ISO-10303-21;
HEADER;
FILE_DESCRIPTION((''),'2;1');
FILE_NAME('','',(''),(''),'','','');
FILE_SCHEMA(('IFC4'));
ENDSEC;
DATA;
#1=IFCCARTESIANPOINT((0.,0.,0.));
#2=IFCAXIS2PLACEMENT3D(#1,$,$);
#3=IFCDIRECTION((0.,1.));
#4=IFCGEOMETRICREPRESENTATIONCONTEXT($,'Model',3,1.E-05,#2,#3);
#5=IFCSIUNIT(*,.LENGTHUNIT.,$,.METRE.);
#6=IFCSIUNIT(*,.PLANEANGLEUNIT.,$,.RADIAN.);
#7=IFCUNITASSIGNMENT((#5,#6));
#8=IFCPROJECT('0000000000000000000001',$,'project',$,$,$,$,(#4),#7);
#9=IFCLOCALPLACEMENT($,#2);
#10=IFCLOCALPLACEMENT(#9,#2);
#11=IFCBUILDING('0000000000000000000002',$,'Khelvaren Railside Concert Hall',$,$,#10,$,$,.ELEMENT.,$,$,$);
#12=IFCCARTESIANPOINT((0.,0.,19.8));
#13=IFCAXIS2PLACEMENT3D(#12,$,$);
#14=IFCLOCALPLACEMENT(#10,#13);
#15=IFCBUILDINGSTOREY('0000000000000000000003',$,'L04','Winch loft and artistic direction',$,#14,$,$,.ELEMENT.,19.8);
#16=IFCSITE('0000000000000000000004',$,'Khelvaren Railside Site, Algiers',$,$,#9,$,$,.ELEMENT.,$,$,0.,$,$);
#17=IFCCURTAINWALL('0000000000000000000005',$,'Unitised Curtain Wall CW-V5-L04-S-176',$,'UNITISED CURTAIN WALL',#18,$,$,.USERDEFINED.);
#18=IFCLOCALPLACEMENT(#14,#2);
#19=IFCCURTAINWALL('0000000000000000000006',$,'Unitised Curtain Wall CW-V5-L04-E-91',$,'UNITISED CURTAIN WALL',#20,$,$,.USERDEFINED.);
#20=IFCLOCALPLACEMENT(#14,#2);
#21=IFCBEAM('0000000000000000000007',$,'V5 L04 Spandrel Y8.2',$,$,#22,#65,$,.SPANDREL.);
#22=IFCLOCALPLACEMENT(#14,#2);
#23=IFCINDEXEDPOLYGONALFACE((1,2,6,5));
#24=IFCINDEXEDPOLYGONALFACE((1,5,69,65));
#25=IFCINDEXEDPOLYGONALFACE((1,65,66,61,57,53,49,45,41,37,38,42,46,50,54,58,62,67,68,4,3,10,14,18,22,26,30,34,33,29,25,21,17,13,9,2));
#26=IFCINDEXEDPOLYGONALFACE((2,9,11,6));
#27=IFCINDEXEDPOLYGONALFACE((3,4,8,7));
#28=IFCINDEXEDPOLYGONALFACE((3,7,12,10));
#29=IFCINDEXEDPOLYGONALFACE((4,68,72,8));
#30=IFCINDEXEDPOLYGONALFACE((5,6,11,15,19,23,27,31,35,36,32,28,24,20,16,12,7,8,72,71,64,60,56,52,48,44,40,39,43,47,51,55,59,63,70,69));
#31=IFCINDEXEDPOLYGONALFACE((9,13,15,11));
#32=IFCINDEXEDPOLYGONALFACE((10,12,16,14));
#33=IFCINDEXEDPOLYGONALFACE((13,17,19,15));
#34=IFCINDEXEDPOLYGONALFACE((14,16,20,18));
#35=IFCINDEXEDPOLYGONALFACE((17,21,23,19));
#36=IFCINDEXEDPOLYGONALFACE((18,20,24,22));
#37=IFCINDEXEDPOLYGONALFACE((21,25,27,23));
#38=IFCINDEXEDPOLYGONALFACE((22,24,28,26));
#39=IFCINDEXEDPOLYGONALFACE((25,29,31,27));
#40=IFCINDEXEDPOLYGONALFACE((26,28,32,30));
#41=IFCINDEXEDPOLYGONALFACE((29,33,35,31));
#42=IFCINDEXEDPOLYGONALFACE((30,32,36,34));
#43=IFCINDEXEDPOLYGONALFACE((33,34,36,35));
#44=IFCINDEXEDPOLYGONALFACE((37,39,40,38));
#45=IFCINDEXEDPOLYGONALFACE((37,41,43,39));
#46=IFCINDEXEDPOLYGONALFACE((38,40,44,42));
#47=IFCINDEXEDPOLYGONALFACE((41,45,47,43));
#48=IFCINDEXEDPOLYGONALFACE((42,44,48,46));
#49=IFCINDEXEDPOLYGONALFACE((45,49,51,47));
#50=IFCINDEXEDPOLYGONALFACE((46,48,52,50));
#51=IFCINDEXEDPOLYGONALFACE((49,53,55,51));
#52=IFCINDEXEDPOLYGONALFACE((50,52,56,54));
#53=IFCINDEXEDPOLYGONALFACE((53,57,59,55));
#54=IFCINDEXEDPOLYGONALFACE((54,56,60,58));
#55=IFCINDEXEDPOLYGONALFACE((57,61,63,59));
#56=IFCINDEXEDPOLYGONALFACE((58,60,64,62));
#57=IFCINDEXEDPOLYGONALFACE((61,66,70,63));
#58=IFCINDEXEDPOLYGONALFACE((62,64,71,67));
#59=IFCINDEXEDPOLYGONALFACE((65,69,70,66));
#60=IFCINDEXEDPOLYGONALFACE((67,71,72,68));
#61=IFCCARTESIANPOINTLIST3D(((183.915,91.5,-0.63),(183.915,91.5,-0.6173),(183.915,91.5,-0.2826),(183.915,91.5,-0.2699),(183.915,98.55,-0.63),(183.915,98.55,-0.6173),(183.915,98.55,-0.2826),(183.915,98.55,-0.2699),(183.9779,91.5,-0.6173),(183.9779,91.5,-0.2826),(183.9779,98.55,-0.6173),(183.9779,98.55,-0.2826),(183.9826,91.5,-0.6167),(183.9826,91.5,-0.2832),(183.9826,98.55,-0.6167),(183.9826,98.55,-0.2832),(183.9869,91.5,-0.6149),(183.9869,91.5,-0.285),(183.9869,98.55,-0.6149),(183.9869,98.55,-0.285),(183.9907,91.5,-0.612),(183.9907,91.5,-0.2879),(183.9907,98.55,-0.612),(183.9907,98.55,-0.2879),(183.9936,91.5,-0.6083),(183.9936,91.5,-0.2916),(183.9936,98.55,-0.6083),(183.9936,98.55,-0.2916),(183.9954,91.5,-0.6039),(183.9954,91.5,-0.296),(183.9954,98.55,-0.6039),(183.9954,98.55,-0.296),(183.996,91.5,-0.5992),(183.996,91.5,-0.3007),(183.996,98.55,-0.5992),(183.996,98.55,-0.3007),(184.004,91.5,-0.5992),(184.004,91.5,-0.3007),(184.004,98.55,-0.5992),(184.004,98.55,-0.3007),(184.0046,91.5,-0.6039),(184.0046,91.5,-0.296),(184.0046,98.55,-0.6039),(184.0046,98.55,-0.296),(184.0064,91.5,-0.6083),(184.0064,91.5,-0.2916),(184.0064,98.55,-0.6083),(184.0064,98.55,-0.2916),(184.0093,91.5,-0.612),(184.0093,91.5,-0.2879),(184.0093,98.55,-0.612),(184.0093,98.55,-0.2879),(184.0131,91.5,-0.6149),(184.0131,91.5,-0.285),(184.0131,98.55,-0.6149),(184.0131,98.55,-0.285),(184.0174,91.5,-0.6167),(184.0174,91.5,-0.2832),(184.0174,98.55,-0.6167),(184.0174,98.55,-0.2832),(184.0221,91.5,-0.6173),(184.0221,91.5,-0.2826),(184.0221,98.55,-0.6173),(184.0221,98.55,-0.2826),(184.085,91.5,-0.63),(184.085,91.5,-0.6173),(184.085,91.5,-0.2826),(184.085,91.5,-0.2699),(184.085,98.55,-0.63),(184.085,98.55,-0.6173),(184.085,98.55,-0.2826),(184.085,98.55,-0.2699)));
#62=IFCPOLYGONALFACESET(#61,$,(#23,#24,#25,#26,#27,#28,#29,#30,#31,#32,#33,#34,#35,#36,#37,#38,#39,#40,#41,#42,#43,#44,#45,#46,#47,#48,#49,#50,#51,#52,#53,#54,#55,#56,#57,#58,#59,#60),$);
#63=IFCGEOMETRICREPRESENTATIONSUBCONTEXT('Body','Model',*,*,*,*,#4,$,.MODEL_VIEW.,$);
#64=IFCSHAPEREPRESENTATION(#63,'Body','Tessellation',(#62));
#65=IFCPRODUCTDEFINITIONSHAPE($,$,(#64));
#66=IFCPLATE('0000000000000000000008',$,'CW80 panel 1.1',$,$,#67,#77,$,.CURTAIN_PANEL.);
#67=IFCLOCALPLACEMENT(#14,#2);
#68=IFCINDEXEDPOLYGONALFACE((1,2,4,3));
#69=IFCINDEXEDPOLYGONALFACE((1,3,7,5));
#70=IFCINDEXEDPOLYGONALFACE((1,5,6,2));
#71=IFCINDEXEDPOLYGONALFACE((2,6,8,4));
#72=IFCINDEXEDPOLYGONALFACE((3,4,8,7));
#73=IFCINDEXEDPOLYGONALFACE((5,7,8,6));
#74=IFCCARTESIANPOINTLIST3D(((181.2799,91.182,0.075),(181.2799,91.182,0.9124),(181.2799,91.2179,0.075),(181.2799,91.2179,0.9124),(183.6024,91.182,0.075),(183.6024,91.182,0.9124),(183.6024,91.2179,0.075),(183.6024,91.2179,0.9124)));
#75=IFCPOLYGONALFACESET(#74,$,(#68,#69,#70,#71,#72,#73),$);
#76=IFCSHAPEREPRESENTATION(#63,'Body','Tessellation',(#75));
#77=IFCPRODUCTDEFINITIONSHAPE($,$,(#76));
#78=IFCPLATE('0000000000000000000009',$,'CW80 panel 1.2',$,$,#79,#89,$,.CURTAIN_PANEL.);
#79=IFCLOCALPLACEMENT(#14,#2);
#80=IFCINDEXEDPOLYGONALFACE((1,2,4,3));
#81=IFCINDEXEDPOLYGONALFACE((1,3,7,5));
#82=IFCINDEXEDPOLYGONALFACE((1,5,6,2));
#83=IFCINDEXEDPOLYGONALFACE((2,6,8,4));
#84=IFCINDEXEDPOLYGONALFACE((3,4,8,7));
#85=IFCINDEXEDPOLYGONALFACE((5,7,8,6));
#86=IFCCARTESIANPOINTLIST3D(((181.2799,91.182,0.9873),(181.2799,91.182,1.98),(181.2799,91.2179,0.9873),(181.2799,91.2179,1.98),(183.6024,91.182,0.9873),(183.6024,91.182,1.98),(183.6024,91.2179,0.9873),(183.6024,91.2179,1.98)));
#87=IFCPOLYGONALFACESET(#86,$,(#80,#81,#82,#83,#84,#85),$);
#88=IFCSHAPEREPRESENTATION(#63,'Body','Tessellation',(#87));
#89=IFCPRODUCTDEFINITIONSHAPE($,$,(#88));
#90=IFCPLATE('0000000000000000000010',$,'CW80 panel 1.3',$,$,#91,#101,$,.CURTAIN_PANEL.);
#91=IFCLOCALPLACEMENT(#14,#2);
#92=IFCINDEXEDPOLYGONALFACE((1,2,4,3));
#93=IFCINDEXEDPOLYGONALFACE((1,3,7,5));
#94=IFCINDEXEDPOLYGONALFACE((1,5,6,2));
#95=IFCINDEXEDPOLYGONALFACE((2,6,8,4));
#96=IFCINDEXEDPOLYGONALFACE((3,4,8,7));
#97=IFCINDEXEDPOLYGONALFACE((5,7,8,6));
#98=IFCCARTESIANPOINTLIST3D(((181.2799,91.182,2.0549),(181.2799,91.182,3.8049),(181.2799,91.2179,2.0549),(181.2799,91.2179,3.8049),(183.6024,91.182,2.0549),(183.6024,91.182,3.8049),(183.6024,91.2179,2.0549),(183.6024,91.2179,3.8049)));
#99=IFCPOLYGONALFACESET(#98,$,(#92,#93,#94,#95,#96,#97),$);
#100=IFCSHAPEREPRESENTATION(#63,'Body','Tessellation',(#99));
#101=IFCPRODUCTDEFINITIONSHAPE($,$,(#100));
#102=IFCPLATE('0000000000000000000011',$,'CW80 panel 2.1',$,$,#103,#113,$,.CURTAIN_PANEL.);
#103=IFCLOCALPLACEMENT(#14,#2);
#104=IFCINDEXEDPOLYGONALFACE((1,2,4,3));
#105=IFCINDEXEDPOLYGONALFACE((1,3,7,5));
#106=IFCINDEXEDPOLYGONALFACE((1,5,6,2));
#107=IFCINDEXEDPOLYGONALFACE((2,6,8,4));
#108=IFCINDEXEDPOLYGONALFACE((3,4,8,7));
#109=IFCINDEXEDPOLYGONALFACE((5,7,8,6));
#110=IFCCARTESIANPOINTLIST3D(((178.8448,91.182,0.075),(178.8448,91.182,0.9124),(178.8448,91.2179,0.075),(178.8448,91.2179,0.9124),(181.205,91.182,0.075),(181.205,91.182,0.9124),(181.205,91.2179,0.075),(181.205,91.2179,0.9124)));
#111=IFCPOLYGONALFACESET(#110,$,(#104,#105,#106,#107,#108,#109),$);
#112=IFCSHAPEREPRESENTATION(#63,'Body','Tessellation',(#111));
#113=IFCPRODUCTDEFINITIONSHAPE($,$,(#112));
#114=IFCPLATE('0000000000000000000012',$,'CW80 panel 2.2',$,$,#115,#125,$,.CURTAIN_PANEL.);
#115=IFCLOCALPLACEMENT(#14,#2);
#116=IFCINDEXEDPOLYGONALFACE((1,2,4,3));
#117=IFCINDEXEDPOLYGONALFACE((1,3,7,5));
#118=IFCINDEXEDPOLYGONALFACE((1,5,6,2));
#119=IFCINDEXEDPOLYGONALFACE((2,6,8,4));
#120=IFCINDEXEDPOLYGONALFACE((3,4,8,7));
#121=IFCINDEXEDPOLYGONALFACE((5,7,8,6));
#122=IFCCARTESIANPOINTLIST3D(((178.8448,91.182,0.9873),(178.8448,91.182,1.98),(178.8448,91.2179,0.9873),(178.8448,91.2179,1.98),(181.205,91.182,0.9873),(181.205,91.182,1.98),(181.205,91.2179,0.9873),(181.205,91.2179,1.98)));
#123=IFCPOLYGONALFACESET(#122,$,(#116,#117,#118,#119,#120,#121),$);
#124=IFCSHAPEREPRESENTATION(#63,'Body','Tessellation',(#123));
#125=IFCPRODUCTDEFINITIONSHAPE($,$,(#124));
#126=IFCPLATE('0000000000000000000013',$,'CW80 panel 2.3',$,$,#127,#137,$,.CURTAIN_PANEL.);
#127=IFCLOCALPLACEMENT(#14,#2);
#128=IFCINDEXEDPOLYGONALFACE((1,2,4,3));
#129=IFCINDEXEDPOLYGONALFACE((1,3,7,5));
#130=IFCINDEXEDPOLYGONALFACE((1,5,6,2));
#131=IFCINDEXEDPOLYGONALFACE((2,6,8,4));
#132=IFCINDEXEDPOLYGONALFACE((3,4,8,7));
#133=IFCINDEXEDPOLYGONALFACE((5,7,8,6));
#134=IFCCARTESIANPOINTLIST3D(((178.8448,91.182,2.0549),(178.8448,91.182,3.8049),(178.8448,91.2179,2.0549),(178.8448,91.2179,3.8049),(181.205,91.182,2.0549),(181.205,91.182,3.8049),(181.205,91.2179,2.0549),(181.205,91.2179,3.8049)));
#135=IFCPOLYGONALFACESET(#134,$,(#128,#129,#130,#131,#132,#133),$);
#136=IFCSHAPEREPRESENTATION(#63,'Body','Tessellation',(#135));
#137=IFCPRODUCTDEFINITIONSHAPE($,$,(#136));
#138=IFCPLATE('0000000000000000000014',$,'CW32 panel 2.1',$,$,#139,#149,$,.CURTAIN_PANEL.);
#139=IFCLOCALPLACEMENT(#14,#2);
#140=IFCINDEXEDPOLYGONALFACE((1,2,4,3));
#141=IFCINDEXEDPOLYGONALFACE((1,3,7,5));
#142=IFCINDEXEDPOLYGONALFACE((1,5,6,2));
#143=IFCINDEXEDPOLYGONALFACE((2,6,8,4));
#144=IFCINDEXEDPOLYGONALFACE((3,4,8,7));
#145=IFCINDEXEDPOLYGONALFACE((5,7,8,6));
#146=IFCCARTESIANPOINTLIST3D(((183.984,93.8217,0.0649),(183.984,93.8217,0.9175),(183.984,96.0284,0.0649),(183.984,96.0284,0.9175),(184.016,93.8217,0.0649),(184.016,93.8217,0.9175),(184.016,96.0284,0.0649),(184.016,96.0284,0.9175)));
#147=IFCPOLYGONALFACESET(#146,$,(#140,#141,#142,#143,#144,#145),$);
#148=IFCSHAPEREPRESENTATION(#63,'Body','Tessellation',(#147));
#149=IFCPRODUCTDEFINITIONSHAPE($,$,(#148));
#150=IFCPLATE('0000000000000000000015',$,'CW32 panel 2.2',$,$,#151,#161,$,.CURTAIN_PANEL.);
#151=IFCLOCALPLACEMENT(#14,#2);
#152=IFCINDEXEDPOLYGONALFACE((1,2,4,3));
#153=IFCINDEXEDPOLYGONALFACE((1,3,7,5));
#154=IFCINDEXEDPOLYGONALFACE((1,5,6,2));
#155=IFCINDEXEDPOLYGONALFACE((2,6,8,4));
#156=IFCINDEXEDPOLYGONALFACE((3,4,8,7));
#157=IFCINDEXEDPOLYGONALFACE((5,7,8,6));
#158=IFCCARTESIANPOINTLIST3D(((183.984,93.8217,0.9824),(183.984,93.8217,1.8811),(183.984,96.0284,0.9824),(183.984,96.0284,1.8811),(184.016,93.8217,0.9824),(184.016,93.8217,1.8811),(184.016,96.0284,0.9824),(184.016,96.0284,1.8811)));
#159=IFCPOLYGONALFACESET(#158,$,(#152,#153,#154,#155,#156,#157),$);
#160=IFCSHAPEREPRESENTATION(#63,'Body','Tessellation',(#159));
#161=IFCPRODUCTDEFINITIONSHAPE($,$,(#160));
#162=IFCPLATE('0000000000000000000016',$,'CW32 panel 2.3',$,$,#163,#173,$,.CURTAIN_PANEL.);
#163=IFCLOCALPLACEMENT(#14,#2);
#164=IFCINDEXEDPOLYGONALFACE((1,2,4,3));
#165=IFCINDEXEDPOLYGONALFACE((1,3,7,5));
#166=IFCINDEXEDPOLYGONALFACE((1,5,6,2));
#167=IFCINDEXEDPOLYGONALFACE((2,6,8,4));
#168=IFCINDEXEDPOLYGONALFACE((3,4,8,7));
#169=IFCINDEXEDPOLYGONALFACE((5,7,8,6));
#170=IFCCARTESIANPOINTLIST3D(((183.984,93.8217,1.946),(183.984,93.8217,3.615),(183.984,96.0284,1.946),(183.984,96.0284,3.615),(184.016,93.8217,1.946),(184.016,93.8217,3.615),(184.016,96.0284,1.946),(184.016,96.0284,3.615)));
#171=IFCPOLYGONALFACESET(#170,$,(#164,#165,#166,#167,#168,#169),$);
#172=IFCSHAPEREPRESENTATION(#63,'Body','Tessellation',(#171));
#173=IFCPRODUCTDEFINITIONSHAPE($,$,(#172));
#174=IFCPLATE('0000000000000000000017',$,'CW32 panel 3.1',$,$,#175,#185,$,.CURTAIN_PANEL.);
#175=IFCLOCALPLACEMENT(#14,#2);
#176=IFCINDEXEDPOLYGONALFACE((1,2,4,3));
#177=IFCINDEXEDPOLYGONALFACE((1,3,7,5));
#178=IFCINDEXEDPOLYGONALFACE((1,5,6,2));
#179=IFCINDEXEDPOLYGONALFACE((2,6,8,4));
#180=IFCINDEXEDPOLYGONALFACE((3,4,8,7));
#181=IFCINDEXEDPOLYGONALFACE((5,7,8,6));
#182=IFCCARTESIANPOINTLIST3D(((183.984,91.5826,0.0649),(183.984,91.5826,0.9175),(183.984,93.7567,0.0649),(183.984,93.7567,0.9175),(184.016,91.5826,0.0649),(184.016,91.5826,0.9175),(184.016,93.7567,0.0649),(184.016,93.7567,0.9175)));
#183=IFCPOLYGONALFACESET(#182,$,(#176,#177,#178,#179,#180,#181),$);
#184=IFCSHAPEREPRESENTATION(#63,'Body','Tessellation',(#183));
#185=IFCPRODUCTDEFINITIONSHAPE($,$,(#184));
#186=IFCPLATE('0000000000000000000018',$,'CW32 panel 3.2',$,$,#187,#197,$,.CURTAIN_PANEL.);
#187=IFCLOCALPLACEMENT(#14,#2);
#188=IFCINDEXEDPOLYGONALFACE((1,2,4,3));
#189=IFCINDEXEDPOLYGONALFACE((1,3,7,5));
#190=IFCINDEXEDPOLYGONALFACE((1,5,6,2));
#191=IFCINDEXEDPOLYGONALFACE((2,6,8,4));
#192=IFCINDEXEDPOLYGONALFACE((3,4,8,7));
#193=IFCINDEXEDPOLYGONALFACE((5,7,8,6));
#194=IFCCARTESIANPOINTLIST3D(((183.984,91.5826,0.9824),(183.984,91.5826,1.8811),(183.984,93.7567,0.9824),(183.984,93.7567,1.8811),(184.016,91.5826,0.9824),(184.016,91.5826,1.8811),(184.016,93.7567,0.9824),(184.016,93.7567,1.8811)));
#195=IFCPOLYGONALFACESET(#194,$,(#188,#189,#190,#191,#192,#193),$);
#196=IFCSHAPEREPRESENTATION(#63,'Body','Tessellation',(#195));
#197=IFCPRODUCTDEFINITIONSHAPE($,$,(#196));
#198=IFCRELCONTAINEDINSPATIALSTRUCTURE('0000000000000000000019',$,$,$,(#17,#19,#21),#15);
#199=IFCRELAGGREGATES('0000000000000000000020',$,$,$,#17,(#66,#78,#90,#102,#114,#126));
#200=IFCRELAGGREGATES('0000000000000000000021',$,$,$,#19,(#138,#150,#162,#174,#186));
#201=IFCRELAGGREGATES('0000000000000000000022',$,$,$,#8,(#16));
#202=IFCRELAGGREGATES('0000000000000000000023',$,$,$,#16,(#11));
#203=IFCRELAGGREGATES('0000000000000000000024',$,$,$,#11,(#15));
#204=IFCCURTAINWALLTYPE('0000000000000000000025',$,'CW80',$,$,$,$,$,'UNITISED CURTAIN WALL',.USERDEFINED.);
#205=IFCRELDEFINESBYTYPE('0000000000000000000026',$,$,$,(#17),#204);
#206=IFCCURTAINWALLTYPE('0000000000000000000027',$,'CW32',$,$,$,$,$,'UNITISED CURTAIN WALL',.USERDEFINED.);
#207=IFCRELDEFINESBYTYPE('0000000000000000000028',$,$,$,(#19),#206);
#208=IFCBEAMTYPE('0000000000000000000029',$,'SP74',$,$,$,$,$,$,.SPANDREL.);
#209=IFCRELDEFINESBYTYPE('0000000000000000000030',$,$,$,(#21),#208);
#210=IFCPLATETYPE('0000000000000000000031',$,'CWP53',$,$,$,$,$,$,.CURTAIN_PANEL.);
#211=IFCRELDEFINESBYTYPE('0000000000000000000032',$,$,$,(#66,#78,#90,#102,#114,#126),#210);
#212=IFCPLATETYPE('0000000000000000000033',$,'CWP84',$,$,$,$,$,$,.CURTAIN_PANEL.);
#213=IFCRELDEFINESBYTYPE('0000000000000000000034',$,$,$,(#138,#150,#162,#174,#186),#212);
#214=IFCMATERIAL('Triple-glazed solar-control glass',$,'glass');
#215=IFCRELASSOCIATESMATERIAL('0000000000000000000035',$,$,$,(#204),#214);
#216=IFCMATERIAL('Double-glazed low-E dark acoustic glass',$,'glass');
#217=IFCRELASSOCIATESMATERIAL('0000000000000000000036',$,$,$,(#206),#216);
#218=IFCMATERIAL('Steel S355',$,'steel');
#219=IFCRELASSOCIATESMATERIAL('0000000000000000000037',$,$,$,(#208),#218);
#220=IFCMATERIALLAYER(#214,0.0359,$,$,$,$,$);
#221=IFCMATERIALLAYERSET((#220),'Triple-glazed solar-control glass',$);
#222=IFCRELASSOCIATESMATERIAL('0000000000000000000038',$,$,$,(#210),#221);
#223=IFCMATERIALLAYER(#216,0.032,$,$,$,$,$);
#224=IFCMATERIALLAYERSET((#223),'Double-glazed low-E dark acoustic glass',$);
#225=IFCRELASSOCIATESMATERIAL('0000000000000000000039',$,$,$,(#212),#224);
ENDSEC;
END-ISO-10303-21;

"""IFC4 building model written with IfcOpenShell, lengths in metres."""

from ifc_helpers import new_model, si_unit, direction, frame, origin, origin_2d, place, context, subcontext, project, spatial, rectangle, i_section, extrude, material, layer, layer_set, material_profile, profile_set, type_object, element, aggregate, save


model = new_model("IFC4")

# Units and contexts
model_context = context("Model", 3, precision=1e-05, world=origin(), true_north=direction((0.0, 1.0)))
body_context = subcontext(model_context, "Body", "Model", "MODEL_VIEW")
ifc_project = project(units=[si_unit("LENGTHUNIT", "METRE"), si_unit("PLANEANGLEUNIT", "RADIAN")], contexts=[model_context])

# Site, building, storey
site_placement = place(None, origin())
site = spatial("IfcSite", under=ifc_project, at=site_placement, Name="Khelvaren Railside Site, Algiers", CompositionType="ELEMENT", RefElevation=0.0)
building_placement = place(site_placement, origin())
building = spatial("IfcBuilding", under=site, at=building_placement, Name="Khelvaren Railside Concert Hall", CompositionType="ELEMENT")
storey_placement = place(building_placement, frame((0.0, 0.0, 19.8)))
storey = spatial("IfcBuildingStorey", under=building, at=storey_placement, Name="L04", Description="Winch loft and artistic direction", CompositionType="ELEMENT", Elevation=19.8)

# Curtain walls
ifc_material_1 = material(Name="Triple-glazed solar-control glass", Category="glass")
curtain_wall_type_1 = type_object("IfcCurtainWallType", Name="CW80", ElementType="UNITISED CURTAIN WALL", PredefinedType="USERDEFINED", material=ifc_material_1)
curtain_wall_1_placement = place(storey_placement, origin())
curtain_wall_1 = element("IfcCurtainWall", 1, at=curtain_wall_1_placement, inside=storey, type_object=curtain_wall_type_1, Name="Unitised Curtain Wall CW-V5-L04-S-176", ObjectType="UNITISED CURTAIN WALL", PredefinedType="USERDEFINED")
ifc_material_2 = material(Name="Double-glazed low-E dark acoustic glass", Category="glass")
curtain_wall_type_2 = type_object("IfcCurtainWallType", Name="CW32", ElementType="UNITISED CURTAIN WALL", PredefinedType="USERDEFINED", material=ifc_material_2)
curtain_wall_2_placement = place(storey_placement, origin())
curtain_wall_2 = element("IfcCurtainWall", 2, at=curtain_wall_2_placement, inside=storey, type_object=curtain_wall_type_2, Name="Unitised Curtain Wall CW-V5-L04-E-91", ObjectType="UNITISED CURTAIN WALL", PredefinedType="USERDEFINED")

# Beam
ifc_material_3 = material(Name="Steel S355", Category="steel")
ifc_material_profile_1 = material_profile(ifc_material_3, i_section(OverallWidth=0.1699, OverallDepth=0.3601, WebThickness=0.0081, FlangeThickness=0.0127, FilletRadius=0.0181, at=origin_2d()), Name="IPE 360")
ifc_profile_set_1 = profile_set([ifc_material_profile_1], Name="Steel S355")
beam_type_1 = type_object("IfcBeamType", Name="SP74", PredefinedType="SPANDREL", material=ifc_profile_set_1)
beam_1_placement = place(storey_placement, frame((184.0, 91.5, -0.45), z_axis=(0.0, 1.0, 0.0), x_axis=(-1.0, 0.0, 0.0)))
element("IfcBeam", 3, at=beam_1_placement, inside=storey, type_object=beam_type_1, Name="V5 L04 Spandrel Y8.2", PredefinedType="SPANDREL", context=body_context, shape_type="SweptSolid", body=[
    extrude(i_section(OverallWidth=0.1699, OverallDepth=0.3601, WebThickness=0.0081, FlangeThickness=0.0127, FilletRadius=0.0181, at=origin_2d()), origin(), (0.0, 0.0, 1.0), 7.05),
])

# Plates
ifc_layer_1 = layer(ifc_material_1, 0.0359)
ifc_layer_set_1 = layer_set([ifc_layer_1], Name="Triple-glazed solar-control glass")
plate_type_1 = type_object("IfcPlateType", Name="CWP53", PredefinedType="CURTAIN_PANEL", material=ifc_layer_set_1)
plate_1_placement = place(storey_placement, frame((182.4412, 91.2, 0.075), z_axis=(0.0, 0.0, 1.0), x_axis=(-1.0, 0.0, 0.0)))
plate_1 = element("IfcPlate", 4, at=plate_1_placement, type_object=plate_type_1, Name="CW80 panel 1.1", PredefinedType="CURTAIN_PANEL", context=body_context, shape_type="SweptSolid", body=[
    extrude(rectangle(XDim=2.3225, YDim=0.0359, at=origin_2d()), origin(), (0.0, 0.0, 1.0), 0.8374),
])
plate_2_placement = place(storey_placement, frame((182.4412, 91.2, 0.9873), z_axis=(0.0, 0.0, 1.0), x_axis=(-1.0, 0.0, 0.0)))
plate_2 = element("IfcPlate", 5, at=plate_2_placement, type_object=plate_type_1, Name="CW80 panel 1.2", PredefinedType="CURTAIN_PANEL", context=body_context, shape_type="SweptSolid", body=[
    extrude(rectangle(XDim=2.3225, YDim=0.0359, at=origin_2d()), origin(), (0.0, 0.0, 1.0), 0.9927),
])
plate_3_placement = place(storey_placement, frame((182.4412, 91.2, 2.0549), z_axis=(0.0, 0.0, 1.0), x_axis=(-1.0, 0.0, 0.0)))
plate_3 = element("IfcPlate", 6, at=plate_3_placement, type_object=plate_type_1, Name="CW80 panel 1.3", PredefinedType="CURTAIN_PANEL", context=body_context, shape_type="SweptSolid", body=[
    extrude(rectangle(XDim=2.3225, YDim=0.0359, at=origin_2d()), origin(), (0.0, 0.0, 1.0), 1.75),
])
plate_4_placement = place(storey_placement, frame((180.0249, 91.2, 0.075), z_axis=(0.0, 0.0, 1.0), x_axis=(-1.0, 0.0, 0.0)))
plate_4 = element("IfcPlate", 7, at=plate_4_placement, type_object=plate_type_1, Name="CW80 panel 2.1", PredefinedType="CURTAIN_PANEL", context=body_context, shape_type="SweptSolid", body=[
    extrude(rectangle(XDim=2.3601, YDim=0.0359, at=origin_2d()), origin(), (0.0, 0.0, 1.0), 0.8374),
])
plate_5_placement = place(storey_placement, frame((180.0249, 91.2, 0.9873), z_axis=(0.0, 0.0, 1.0), x_axis=(-1.0, 0.0, 0.0)))
plate_5 = element("IfcPlate", 8, at=plate_5_placement, type_object=plate_type_1, Name="CW80 panel 2.2", PredefinedType="CURTAIN_PANEL", context=body_context, shape_type="SweptSolid", body=[
    extrude(rectangle(XDim=2.3601, YDim=0.0359, at=origin_2d()), origin(), (0.0, 0.0, 1.0), 0.9927),
])
plate_6_placement = place(storey_placement, frame((180.0249, 91.2, 2.0549), z_axis=(0.0, 0.0, 1.0), x_axis=(-1.0, 0.0, 0.0)))
plate_6 = element("IfcPlate", 9, at=plate_6_placement, type_object=plate_type_1, Name="CW80 panel 2.3", PredefinedType="CURTAIN_PANEL", context=body_context, shape_type="SweptSolid", body=[
    extrude(rectangle(XDim=2.3601, YDim=0.0359, at=origin_2d()), origin(), (0.0, 0.0, 1.0), 1.75),
])
aggregate(curtain_wall_1, [plate_1, plate_2, plate_3, plate_4, plate_5, plate_6])
ifc_layer_2 = layer(ifc_material_2, 0.032)
ifc_layer_set_2 = layer_set([ifc_layer_2], Name="Double-glazed low-E dark acoustic glass")
plate_type_2 = type_object("IfcPlateType", Name="CWP84", PredefinedType="CURTAIN_PANEL", material=ifc_layer_set_2)
plate_7_placement = place(storey_placement, frame((184.0, 94.925, 0.0649), z_axis=(0.0, 0.0, 1.0), x_axis=(0.0, -1.0, 0.0)))
plate_7 = element("IfcPlate", 10, at=plate_7_placement, type_object=plate_type_2, Name="CW32 panel 2.1", PredefinedType="CURTAIN_PANEL", context=body_context, shape_type="SweptSolid", body=[
    extrude(rectangle(XDim=2.2068, YDim=0.032, at=origin_2d()), origin(), (0.0, 0.0, 1.0), 0.8525),
])
plate_8_placement = place(storey_placement, frame((184.0, 94.925, 0.9824), z_axis=(0.0, 0.0, 1.0), x_axis=(0.0, -1.0, 0.0)))
plate_8 = element("IfcPlate", 11, at=plate_8_placement, type_object=plate_type_2, Name="CW32 panel 2.2", PredefinedType="CURTAIN_PANEL", context=body_context, shape_type="SweptSolid", body=[
    extrude(rectangle(XDim=2.2068, YDim=0.032, at=origin_2d()), origin(), (0.0, 0.0, 1.0), 0.8987),
])
plate_9_placement = place(storey_placement, frame((184.0, 94.925, 1.946), z_axis=(0.0, 0.0, 1.0), x_axis=(0.0, -1.0, 0.0)))
plate_9 = element("IfcPlate", 12, at=plate_9_placement, type_object=plate_type_2, Name="CW32 panel 2.3", PredefinedType="CURTAIN_PANEL", context=body_context, shape_type="SweptSolid", body=[
    extrude(rectangle(XDim=2.2068, YDim=0.032, at=origin_2d()), origin(), (0.0, 0.0, 1.0), 1.6689),
])
plate_10_placement = place(storey_placement, frame((184.0, 92.6697, 0.0649), z_axis=(0.0, 0.0, 1.0), x_axis=(0.0, -1.0, 0.0)))
plate_10 = element("IfcPlate", 13, at=plate_10_placement, type_object=plate_type_2, Name="CW32 panel 3.1", PredefinedType="CURTAIN_PANEL", context=body_context, shape_type="SweptSolid", body=[
    extrude(rectangle(XDim=2.1741, YDim=0.032, at=origin_2d()), origin(), (0.0, 0.0, 1.0), 0.8525),
])
plate_11_placement = place(storey_placement, frame((184.0, 92.6697, 0.9824), z_axis=(0.0, 0.0, 1.0), x_axis=(0.0, -1.0, 0.0)))
plate_11 = element("IfcPlate", 14, at=plate_11_placement, type_object=plate_type_2, Name="CW32 panel 3.2", PredefinedType="CURTAIN_PANEL", context=body_context, shape_type="SweptSolid", body=[
    extrude(rectangle(XDim=2.1741, YDim=0.032, at=origin_2d()), origin(), (0.0, 0.0, 1.0), 0.8987),
])
aggregate(curtain_wall_2, [plate_7, plate_8, plate_9, plate_10, plate_11])

save(model, "model.ifc")
